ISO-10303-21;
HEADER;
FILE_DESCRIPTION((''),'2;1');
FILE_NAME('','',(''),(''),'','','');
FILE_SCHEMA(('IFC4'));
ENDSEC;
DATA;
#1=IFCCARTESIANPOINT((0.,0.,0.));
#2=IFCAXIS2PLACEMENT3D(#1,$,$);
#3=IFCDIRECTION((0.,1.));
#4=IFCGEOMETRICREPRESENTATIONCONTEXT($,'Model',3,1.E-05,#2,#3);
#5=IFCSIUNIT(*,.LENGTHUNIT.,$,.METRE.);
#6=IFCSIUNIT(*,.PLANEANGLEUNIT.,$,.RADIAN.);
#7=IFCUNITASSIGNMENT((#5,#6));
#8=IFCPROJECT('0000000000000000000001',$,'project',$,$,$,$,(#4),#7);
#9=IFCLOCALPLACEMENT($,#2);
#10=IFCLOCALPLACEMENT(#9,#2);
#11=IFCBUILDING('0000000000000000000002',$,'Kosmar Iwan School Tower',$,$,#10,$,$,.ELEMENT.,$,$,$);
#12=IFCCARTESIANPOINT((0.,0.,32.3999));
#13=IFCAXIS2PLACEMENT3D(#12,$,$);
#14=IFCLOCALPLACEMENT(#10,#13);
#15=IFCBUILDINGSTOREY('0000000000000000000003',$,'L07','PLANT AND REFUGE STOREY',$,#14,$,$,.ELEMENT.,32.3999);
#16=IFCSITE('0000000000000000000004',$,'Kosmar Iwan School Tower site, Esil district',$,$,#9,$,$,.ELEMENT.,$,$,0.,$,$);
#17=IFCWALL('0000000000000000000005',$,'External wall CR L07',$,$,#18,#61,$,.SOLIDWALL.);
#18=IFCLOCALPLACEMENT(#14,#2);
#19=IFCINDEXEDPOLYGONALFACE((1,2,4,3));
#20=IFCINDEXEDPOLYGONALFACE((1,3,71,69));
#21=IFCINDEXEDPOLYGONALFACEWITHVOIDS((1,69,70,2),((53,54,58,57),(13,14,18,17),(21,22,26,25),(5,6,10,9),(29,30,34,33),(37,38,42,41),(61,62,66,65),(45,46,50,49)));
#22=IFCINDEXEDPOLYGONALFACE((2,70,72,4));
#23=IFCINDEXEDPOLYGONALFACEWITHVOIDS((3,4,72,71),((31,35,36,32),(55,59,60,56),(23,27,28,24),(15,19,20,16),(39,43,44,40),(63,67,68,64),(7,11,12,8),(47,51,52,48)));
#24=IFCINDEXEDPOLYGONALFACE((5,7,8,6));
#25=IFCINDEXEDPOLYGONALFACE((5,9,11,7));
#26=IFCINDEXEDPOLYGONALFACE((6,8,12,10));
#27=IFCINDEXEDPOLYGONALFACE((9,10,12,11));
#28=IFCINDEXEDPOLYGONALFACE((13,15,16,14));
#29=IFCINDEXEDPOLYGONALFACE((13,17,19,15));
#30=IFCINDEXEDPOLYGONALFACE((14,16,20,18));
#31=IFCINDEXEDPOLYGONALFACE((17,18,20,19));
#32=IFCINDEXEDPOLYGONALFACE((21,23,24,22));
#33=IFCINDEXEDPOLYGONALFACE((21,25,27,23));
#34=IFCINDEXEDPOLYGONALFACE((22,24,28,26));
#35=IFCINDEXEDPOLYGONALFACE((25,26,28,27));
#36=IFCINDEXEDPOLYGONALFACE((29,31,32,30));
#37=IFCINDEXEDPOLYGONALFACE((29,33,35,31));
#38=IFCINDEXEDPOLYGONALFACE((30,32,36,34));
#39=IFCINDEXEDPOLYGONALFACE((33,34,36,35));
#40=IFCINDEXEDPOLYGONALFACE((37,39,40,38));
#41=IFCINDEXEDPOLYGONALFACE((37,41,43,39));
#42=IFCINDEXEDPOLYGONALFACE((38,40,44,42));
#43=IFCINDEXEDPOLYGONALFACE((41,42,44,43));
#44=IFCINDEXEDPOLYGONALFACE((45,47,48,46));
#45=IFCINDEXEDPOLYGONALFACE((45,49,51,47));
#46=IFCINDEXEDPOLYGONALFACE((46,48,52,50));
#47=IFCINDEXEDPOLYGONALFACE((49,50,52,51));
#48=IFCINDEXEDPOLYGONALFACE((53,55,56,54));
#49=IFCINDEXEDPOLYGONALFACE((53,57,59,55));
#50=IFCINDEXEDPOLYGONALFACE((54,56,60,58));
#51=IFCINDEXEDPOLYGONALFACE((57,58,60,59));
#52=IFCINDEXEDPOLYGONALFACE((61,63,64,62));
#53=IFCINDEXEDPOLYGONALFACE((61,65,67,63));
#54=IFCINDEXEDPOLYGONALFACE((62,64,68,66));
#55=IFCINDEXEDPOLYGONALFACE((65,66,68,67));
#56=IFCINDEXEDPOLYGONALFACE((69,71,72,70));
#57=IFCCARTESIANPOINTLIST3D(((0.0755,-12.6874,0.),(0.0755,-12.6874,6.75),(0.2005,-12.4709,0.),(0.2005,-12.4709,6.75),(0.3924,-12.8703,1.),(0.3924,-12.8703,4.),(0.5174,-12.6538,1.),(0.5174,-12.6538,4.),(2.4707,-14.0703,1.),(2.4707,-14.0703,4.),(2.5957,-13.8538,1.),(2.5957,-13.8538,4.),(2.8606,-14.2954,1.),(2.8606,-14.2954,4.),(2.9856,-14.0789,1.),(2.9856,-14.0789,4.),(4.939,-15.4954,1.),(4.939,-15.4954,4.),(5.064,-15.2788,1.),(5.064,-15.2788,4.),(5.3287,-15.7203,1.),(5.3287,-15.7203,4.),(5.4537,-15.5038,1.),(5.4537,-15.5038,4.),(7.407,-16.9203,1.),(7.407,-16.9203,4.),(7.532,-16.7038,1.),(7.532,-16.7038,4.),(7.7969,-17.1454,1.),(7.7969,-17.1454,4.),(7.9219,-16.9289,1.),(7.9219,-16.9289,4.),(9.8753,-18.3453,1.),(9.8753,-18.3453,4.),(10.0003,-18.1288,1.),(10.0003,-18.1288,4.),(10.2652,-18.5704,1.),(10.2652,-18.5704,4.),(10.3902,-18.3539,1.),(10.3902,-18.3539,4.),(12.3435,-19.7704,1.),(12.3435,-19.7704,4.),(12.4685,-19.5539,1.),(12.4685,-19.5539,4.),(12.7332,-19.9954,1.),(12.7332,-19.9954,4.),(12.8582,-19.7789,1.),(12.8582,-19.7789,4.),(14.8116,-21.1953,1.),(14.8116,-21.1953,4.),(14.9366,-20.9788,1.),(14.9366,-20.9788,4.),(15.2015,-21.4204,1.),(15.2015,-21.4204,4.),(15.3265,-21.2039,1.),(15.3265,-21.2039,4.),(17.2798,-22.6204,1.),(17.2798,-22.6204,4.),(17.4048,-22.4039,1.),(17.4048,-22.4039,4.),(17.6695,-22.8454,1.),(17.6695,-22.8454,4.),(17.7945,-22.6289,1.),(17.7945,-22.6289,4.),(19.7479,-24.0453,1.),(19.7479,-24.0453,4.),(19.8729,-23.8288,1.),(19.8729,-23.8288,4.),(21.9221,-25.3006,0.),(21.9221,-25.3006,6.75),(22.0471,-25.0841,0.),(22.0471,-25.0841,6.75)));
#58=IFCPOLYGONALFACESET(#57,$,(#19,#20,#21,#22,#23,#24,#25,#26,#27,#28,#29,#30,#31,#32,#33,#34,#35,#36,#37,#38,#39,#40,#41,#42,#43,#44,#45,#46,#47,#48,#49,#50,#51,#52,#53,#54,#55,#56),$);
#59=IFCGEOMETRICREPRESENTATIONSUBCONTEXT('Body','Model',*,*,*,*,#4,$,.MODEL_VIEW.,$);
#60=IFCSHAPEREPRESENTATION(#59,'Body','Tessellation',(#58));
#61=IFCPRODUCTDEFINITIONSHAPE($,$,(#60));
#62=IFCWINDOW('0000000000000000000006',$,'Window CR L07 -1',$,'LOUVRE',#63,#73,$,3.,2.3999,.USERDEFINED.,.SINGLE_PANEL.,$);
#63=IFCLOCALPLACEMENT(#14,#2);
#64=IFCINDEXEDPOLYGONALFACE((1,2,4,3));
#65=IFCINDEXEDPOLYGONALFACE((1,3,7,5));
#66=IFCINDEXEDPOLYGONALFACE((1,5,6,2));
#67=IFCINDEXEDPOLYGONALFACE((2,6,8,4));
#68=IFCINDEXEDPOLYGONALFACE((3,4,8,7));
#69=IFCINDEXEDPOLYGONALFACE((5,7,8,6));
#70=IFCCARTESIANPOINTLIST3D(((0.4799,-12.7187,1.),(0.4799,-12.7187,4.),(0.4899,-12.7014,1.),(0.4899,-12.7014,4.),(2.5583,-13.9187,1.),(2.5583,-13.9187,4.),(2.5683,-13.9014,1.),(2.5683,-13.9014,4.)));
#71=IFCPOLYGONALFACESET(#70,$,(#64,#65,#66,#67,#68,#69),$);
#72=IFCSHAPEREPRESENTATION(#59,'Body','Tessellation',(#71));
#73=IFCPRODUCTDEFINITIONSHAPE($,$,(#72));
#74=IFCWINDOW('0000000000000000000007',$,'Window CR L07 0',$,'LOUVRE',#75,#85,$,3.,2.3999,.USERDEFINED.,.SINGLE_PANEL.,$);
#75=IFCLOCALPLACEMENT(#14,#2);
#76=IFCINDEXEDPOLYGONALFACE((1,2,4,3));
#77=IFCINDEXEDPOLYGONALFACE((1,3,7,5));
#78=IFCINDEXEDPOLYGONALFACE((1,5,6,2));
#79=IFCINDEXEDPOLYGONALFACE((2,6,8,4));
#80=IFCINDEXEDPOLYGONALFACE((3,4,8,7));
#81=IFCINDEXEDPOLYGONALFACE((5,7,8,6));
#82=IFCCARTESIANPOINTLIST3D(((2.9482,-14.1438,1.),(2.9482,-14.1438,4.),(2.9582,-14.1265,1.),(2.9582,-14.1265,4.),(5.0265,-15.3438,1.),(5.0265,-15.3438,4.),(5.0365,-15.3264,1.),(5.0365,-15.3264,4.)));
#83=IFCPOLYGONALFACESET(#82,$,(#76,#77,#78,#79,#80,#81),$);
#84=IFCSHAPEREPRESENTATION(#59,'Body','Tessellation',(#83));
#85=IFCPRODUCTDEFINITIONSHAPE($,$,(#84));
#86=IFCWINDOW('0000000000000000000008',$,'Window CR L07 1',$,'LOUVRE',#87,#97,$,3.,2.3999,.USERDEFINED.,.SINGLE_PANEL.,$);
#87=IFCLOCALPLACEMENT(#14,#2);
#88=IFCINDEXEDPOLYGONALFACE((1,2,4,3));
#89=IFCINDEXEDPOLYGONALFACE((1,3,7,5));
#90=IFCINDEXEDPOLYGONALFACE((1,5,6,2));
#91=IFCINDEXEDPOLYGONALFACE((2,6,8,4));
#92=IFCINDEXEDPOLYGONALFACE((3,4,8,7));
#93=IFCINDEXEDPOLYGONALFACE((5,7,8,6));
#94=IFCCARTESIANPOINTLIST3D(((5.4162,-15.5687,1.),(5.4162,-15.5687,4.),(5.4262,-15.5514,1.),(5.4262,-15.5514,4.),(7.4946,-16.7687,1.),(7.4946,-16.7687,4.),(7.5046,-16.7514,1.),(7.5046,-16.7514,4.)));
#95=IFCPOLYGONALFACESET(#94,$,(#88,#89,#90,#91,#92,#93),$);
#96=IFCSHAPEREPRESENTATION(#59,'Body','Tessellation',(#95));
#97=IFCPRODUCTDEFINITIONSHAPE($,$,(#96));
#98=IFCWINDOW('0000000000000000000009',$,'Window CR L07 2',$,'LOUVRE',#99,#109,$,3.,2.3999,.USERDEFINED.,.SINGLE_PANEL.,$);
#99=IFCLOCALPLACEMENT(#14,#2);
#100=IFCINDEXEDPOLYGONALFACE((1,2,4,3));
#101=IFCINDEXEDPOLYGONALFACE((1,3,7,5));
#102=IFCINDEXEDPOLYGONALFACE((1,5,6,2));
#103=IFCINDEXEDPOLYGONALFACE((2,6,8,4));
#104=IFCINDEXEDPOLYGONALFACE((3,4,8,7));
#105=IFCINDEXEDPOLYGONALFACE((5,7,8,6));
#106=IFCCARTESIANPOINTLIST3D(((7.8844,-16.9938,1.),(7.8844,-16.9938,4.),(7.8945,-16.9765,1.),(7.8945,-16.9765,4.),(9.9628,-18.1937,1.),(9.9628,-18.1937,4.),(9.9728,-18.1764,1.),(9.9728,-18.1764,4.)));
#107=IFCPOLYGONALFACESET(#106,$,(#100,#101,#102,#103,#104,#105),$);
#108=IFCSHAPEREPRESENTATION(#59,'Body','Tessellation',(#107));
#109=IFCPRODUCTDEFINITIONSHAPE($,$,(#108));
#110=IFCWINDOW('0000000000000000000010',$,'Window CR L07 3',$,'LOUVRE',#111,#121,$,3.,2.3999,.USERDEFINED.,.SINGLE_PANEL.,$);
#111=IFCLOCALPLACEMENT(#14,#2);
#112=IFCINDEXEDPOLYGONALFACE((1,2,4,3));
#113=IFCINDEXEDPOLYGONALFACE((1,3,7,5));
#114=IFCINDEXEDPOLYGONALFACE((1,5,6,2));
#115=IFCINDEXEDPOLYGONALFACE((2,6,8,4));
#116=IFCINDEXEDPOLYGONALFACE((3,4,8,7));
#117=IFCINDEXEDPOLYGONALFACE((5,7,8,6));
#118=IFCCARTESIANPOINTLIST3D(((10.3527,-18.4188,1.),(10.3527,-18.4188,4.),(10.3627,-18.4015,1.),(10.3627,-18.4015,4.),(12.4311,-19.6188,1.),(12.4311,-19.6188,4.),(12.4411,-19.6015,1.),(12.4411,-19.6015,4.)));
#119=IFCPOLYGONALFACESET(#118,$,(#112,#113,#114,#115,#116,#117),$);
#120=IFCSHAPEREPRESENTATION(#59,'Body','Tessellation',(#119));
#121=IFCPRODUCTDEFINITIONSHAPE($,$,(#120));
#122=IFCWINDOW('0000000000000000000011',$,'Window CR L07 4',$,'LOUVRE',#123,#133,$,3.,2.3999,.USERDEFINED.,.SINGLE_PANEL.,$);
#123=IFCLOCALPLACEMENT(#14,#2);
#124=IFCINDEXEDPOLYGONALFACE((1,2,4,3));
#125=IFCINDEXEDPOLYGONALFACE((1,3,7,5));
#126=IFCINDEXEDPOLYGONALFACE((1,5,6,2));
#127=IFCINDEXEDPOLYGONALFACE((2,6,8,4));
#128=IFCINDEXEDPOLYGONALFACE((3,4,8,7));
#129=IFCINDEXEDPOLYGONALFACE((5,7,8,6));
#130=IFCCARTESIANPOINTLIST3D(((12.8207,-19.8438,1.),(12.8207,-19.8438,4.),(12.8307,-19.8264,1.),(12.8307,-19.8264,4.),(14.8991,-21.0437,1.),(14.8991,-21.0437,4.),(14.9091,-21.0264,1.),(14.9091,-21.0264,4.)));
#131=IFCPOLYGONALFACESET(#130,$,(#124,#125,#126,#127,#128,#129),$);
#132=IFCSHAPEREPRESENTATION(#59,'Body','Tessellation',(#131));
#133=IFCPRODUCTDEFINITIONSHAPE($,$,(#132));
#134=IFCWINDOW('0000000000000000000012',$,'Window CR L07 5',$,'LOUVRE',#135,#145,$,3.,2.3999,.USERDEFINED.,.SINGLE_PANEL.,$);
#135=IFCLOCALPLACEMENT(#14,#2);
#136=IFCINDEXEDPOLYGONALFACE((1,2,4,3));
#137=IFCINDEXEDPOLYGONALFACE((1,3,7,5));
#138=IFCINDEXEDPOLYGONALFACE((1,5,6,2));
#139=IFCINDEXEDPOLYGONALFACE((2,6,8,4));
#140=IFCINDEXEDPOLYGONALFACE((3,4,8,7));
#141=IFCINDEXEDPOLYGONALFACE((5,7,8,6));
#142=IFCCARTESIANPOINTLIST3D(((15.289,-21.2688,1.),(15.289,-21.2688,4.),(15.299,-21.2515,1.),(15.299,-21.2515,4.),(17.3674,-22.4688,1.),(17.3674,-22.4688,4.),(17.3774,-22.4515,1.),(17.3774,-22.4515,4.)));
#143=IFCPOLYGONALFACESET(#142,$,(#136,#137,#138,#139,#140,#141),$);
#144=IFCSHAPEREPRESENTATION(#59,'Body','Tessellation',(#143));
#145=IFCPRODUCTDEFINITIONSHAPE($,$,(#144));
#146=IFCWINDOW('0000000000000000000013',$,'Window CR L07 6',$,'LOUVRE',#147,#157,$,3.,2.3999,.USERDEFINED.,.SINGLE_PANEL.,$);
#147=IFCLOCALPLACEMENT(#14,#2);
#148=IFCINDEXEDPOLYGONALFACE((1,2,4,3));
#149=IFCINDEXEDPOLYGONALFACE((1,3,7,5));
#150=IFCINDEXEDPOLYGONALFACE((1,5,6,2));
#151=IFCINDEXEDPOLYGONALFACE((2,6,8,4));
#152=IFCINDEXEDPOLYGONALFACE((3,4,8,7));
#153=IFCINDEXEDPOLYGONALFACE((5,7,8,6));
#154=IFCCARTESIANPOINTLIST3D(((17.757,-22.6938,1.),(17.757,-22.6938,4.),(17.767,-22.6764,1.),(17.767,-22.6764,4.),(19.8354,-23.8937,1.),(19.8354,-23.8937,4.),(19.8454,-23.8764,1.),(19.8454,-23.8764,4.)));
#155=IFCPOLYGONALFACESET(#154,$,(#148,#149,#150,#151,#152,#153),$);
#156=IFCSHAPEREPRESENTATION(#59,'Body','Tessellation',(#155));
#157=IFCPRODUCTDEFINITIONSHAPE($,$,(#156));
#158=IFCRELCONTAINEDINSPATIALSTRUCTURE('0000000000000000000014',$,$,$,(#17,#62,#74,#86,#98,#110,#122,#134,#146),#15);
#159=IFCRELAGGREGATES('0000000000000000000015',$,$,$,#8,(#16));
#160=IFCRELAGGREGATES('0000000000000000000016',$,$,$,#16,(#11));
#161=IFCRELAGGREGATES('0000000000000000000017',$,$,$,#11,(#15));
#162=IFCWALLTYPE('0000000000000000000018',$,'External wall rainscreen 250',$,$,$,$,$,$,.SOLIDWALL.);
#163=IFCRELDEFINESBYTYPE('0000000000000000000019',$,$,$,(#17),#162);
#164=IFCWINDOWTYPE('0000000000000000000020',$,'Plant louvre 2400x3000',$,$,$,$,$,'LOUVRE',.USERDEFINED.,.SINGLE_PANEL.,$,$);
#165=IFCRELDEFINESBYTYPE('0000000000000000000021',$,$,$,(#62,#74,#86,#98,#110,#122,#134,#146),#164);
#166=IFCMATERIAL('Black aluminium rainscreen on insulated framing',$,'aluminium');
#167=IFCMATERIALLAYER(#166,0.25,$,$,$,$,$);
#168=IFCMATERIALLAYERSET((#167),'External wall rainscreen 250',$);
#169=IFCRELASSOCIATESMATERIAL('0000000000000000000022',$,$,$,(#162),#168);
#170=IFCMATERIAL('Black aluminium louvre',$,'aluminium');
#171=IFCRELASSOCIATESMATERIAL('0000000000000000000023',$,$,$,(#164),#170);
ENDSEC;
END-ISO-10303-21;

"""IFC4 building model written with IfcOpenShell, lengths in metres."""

from ifc_helpers import new_model, si_unit, direction, frame, frame_2d, origin, place, context, subcontext, project, spatial, rectangle, extrude, material, layer, layer_set, type_object, element, fill, save


model = new_model("IFC4")

# Units and contexts
model_context = context("Model", 3, precision=1e-05, world=origin(), true_north=direction((0.0, 1.0)))
body_context = subcontext(model_context, "Body", "Model", "MODEL_VIEW")
ifc_project = project(units=[si_unit("LENGTHUNIT", "METRE"), si_unit("PLANEANGLEUNIT", "RADIAN")], contexts=[model_context])

# Site, building, storey
site_placement = place(None, origin())
site = spatial("IfcSite", under=ifc_project, at=site_placement, Name="Kosmar Iwan School Tower site, Esil district", CompositionType="ELEMENT", RefElevation=0.0)
building_placement = place(site_placement, origin())
building = spatial("IfcBuilding", under=site, at=building_placement, Name="Kosmar Iwan School Tower", CompositionType="ELEMENT")
storey_placement = place(building_placement, frame((0.0, 0.0, 32.3999)))
storey = spatial("IfcBuildingStorey", under=building, at=storey_placement, Name="L07", Description="PLANT AND REFUGE STOREY", CompositionType="ELEMENT", Elevation=32.3999)

# Wall, openings, windows
ifc_material_1 = material(Name="Black aluminium rainscreen on insulated framing", Category="aluminium")
ifc_layer = layer(ifc_material_1, 0.25)
ifc_layer_set = layer_set([ifc_layer], Name="External wall rainscreen 250")
wall_type = type_object("IfcWallType", Name="External wall rainscreen 250", PredefinedType="SOLIDWALL", material=ifc_layer_set)
wall_placement = place(storey_placement, frame((0.1379, -12.5791, 0.0), z_axis=(0.0, 0.0, 1.0), x_axis=(0.866024, -0.500003, 0.0)))
wall = element("IfcWall", 1, at=wall_placement, inside=storey, type_object=wall_type, Name="External wall CR L07", PredefinedType="SOLIDWALL", context=body_context, shape_type="SweptSolid", body=[
    extrude(rectangle(XDim=25.2263, YDim=0.25, at=frame_2d((12.6133, 0.0))), origin(), (0.0, 0.0, 1.0), 6.75),
])
opening_1_placement = place(wall_placement, frame((0.366, 0.0, 1.0)))
opening_1 = element("IfcOpeningElement", 2, at=opening_1_placement, cuts=wall, PredefinedType="OPENING", context=body_context, shape_type="SweptSolid", body=[
    extrude(rectangle(XDim=2.3999, YDim=3.0, at=frame_2d((1.2, 1.5))), frame((0.0, 0.137, 0.0), z_axis=(0.0, -1.0, 0.0), x_axis=(1.0, 0.0, 0.0)), (0.0, 0.0, 1.0), 0.2739),
])
opening_2_placement = place(wall_placement, frame((3.2161, 0.0, 1.0)))
opening_2 = element("IfcOpeningElement", 3, at=opening_2_placement, cuts=wall, PredefinedType="OPENING", context=body_context, shape_type="SweptSolid", body=[
    extrude(rectangle(XDim=2.3999, YDim=3.0, at=frame_2d((1.2, 1.5))), frame((0.0, 0.137, 0.0), z_axis=(0.0, -1.0, 0.0), x_axis=(1.0, 0.0, 0.0)), (0.0, 0.0, 1.0), 0.2739),
])
opening_3_placement = place(wall_placement, frame((6.0659, 0.0, 1.0)))
opening_3 = element("IfcOpeningElement", 4, at=opening_3_placement, cuts=wall, PredefinedType="OPENING", context=body_context, shape_type="SweptSolid", body=[
    extrude(rectangle(XDim=2.3999, YDim=3.0, at=frame_2d((1.2, 1.5))), frame((0.0, 0.137, 0.0), z_axis=(0.0, -1.0, 0.0), x_axis=(1.0, 0.0, 0.0)), (0.0, 0.0, 1.0), 0.2739),
])
opening_4_placement = place(wall_placement, frame((8.916, 0.0, 1.0)))
opening_4 = element("IfcOpeningElement", 5, at=opening_4_placement, cuts=wall, PredefinedType="OPENING", context=body_context, shape_type="SweptSolid", body=[
    extrude(rectangle(XDim=2.3999, YDim=3.0, at=frame_2d((1.2, 1.5))), frame((0.0, 0.137, 0.0), z_axis=(0.0, -1.0, 0.0), x_axis=(1.0, 0.0, 0.0)), (0.0, 0.0, 1.0), 0.2739),
])
opening_5_placement = place(wall_placement, frame((11.7661, 0.0, 1.0)))
opening_5 = element("IfcOpeningElement", 6, at=opening_5_placement, cuts=wall, PredefinedType="OPENING", context=body_context, shape_type="SweptSolid", body=[
    extrude(rectangle(XDim=2.3999, YDim=3.0, at=frame_2d((1.2, 1.5))), frame((0.0, 0.137, 0.0), z_axis=(0.0, -1.0, 0.0), x_axis=(1.0, 0.0, 0.0)), (0.0, 0.0, 1.0), 0.2739),
])
opening_6_placement = place(wall_placement, frame((14.616, 0.0, 1.0)))
opening_6 = element("IfcOpeningElement", 7, at=opening_6_placement, cuts=wall, PredefinedType="OPENING", context=body_context, shape_type="SweptSolid", body=[
    extrude(rectangle(XDim=2.3999, YDim=3.0, at=frame_2d((1.2, 1.5))), frame((0.0, 0.137, 0.0), z_axis=(0.0, -1.0, 0.0), x_axis=(1.0, 0.0, 0.0)), (0.0, 0.0, 1.0), 0.2739),
])
opening_7_placement = place(wall_placement, frame((17.4661, 0.0, 1.0)))
opening_7 = element("IfcOpeningElement", 8, at=opening_7_placement, cuts=wall, PredefinedType="OPENING", context=body_context, shape_type="SweptSolid", body=[
    extrude(rectangle(XDim=2.3999, YDim=3.0, at=frame_2d((1.2, 1.5))), frame((0.0, 0.137, 0.0), z_axis=(0.0, -1.0, 0.0), x_axis=(1.0, 0.0, 0.0)), (0.0, 0.0, 1.0), 0.2739),
])
opening_8_placement = place(wall_placement, frame((20.3159, 0.0, 1.0)))
opening_8 = element("IfcOpeningElement", 9, at=opening_8_placement, cuts=wall, PredefinedType="OPENING", context=body_context, shape_type="SweptSolid", body=[
    extrude(rectangle(XDim=2.3999, YDim=3.0, at=frame_2d((1.2, 1.5))), frame((0.0, 0.137, 0.0), z_axis=(0.0, -1.0, 0.0), x_axis=(1.0, 0.0, 0.0)), (0.0, 0.0, 1.0), 0.2739),
])
ifc_material_2 = material(Name="Black aluminium louvre", Category="aluminium")
window_type = type_object("IfcWindowType", Name="Plant louvre 2400x3000", ElementType="LOUVRE", PartitioningType="SINGLE_PANEL", PredefinedType="USERDEFINED", material=ifc_material_2)
window_1_placement = place(opening_1_placement, origin())
window_1 = element("IfcWindow", 10, at=window_1_placement, inside=storey, type_object=window_type, Name="Window CR L07 -1", ObjectType="LOUVRE", OverallHeight=3.0, OverallWidth=2.3999, PartitioningType="SINGLE_PANEL", PredefinedType="USERDEFINED", context=body_context, shape_type="SweptSolid", body=[
    extrude(rectangle(XDim=2.3999, YDim=3.0, at=frame_2d((1.2, 1.5))), frame((0.0, 0.0701, 0.0), z_axis=(0.0, -1.0, 0.0), x_axis=(1.0, 0.0, 0.0)), (0.0, 0.0, 1.0), 0.02),
])
fill(opening_1, window_1)
window_2_placement = place(opening_2_placement, origin())
window_2 = element("IfcWindow", 11, at=window_2_placement, inside=storey, type_object=window_type, Name="Window CR L07 0", ObjectType="LOUVRE", OverallHeight=3.0, OverallWidth=2.3999, PartitioningType="SINGLE_PANEL", PredefinedType="USERDEFINED", context=body_context, shape_type="SweptSolid", body=[
    extrude(rectangle(XDim=2.3999, YDim=3.0, at=frame_2d((1.2, 1.5))), frame((0.0, 0.0701, 0.0), z_axis=(0.0, -1.0, 0.0), x_axis=(1.0, 0.0, 0.0)), (0.0, 0.0, 1.0), 0.02),
])
fill(opening_2, window_2)
window_3_placement = place(opening_3_placement, origin())
window_3 = element("IfcWindow", 12, at=window_3_placement, inside=storey, type_object=window_type, Name="Window CR L07 1", ObjectType="LOUVRE", OverallHeight=3.0, OverallWidth=2.3999, PartitioningType="SINGLE_PANEL", PredefinedType="USERDEFINED", context=body_context, shape_type="SweptSolid", body=[
    extrude(rectangle(XDim=2.3999, YDim=3.0, at=frame_2d((1.2, 1.5))), frame((0.0, 0.0701, 0.0), z_axis=(0.0, -1.0, 0.0), x_axis=(1.0, 0.0, 0.0)), (0.0, 0.0, 1.0), 0.02),
])
fill(opening_3, window_3)
window_4_placement = place(opening_4_placement, origin())
window_4 = element("IfcWindow", 13, at=window_4_placement, inside=storey, type_object=window_type, Name="Window CR L07 2", ObjectType="LOUVRE", OverallHeight=3.0, OverallWidth=2.3999, PartitioningType="SINGLE_PANEL", PredefinedType="USERDEFINED", context=body_context, shape_type="SweptSolid", body=[
    extrude(rectangle(XDim=2.3999, YDim=3.0, at=frame_2d((1.2, 1.5))), frame((0.0, 0.0701, 0.0), z_axis=(0.0, -1.0, 0.0), x_axis=(1.0, 0.0, 0.0)), (0.0, 0.0, 1.0), 0.02),
])
fill(opening_4, window_4)
window_5_placement = place(opening_5_placement, origin())
window_5 = element("IfcWindow", 14, at=window_5_placement, inside=storey, type_object=window_type, Name="Window CR L07 3", ObjectType="LOUVRE", OverallHeight=3.0, OverallWidth=2.3999, PartitioningType="SINGLE_PANEL", PredefinedType="USERDEFINED", context=body_context, shape_type="SweptSolid", body=[
    extrude(rectangle(XDim=2.3999, YDim=3.0, at=frame_2d((1.2, 1.5))), frame((0.0, 0.0701, 0.0), z_axis=(0.0, -1.0, 0.0), x_axis=(1.0, 0.0, 0.0)), (0.0, 0.0, 1.0), 0.02),
])
fill(opening_5, window_5)
window_6_placement = place(opening_6_placement, origin())
window_6 = element("IfcWindow", 15, at=window_6_placement, inside=storey, type_object=window_type, Name="Window CR L07 4", ObjectType="LOUVRE", OverallHeight=3.0, OverallWidth=2.3999, PartitioningType="SINGLE_PANEL", PredefinedType="USERDEFINED", context=body_context, shape_type="SweptSolid", body=[
    extrude(rectangle(XDim=2.3999, YDim=3.0, at=frame_2d((1.2, 1.5))), frame((0.0, 0.0701, 0.0), z_axis=(0.0, -1.0, 0.0), x_axis=(1.0, 0.0, 0.0)), (0.0, 0.0, 1.0), 0.02),
])
fill(opening_6, window_6)
window_7_placement = place(opening_7_placement, origin())
window_7 = element("IfcWindow", 16, at=window_7_placement, inside=storey, type_object=window_type, Name="Window CR L07 5", ObjectType="LOUVRE", OverallHeight=3.0, OverallWidth=2.3999, PartitioningType="SINGLE_PANEL", PredefinedType="USERDEFINED", context=body_context, shape_type="SweptSolid", body=[
    extrude(rectangle(XDim=2.3999, YDim=3.0, at=frame_2d((1.2, 1.5))), frame((0.0, 0.0701, 0.0), z_axis=(0.0, -1.0, 0.0), x_axis=(1.0, 0.0, 0.0)), (0.0, 0.0, 1.0), 0.02),
])
fill(opening_7, window_7)
window_8_placement = place(opening_8_placement, origin())
window_8 = element("IfcWindow", 17, at=window_8_placement, inside=storey, type_object=window_type, Name="Window CR L07 6", ObjectType="LOUVRE", OverallHeight=3.0, OverallWidth=2.3999, PartitioningType="SINGLE_PANEL", PredefinedType="USERDEFINED", context=body_context, shape_type="SweptSolid", body=[
    extrude(rectangle(XDim=2.3999, YDim=3.0, at=frame_2d((1.2, 1.5))), frame((0.0, 0.0701, 0.0), z_axis=(0.0, -1.0, 0.0), x_axis=(1.0, 0.0, 0.0)), (0.0, 0.0, 1.0), 0.02),
])
fill(opening_8, window_8)

save(model, "model.ifc")
